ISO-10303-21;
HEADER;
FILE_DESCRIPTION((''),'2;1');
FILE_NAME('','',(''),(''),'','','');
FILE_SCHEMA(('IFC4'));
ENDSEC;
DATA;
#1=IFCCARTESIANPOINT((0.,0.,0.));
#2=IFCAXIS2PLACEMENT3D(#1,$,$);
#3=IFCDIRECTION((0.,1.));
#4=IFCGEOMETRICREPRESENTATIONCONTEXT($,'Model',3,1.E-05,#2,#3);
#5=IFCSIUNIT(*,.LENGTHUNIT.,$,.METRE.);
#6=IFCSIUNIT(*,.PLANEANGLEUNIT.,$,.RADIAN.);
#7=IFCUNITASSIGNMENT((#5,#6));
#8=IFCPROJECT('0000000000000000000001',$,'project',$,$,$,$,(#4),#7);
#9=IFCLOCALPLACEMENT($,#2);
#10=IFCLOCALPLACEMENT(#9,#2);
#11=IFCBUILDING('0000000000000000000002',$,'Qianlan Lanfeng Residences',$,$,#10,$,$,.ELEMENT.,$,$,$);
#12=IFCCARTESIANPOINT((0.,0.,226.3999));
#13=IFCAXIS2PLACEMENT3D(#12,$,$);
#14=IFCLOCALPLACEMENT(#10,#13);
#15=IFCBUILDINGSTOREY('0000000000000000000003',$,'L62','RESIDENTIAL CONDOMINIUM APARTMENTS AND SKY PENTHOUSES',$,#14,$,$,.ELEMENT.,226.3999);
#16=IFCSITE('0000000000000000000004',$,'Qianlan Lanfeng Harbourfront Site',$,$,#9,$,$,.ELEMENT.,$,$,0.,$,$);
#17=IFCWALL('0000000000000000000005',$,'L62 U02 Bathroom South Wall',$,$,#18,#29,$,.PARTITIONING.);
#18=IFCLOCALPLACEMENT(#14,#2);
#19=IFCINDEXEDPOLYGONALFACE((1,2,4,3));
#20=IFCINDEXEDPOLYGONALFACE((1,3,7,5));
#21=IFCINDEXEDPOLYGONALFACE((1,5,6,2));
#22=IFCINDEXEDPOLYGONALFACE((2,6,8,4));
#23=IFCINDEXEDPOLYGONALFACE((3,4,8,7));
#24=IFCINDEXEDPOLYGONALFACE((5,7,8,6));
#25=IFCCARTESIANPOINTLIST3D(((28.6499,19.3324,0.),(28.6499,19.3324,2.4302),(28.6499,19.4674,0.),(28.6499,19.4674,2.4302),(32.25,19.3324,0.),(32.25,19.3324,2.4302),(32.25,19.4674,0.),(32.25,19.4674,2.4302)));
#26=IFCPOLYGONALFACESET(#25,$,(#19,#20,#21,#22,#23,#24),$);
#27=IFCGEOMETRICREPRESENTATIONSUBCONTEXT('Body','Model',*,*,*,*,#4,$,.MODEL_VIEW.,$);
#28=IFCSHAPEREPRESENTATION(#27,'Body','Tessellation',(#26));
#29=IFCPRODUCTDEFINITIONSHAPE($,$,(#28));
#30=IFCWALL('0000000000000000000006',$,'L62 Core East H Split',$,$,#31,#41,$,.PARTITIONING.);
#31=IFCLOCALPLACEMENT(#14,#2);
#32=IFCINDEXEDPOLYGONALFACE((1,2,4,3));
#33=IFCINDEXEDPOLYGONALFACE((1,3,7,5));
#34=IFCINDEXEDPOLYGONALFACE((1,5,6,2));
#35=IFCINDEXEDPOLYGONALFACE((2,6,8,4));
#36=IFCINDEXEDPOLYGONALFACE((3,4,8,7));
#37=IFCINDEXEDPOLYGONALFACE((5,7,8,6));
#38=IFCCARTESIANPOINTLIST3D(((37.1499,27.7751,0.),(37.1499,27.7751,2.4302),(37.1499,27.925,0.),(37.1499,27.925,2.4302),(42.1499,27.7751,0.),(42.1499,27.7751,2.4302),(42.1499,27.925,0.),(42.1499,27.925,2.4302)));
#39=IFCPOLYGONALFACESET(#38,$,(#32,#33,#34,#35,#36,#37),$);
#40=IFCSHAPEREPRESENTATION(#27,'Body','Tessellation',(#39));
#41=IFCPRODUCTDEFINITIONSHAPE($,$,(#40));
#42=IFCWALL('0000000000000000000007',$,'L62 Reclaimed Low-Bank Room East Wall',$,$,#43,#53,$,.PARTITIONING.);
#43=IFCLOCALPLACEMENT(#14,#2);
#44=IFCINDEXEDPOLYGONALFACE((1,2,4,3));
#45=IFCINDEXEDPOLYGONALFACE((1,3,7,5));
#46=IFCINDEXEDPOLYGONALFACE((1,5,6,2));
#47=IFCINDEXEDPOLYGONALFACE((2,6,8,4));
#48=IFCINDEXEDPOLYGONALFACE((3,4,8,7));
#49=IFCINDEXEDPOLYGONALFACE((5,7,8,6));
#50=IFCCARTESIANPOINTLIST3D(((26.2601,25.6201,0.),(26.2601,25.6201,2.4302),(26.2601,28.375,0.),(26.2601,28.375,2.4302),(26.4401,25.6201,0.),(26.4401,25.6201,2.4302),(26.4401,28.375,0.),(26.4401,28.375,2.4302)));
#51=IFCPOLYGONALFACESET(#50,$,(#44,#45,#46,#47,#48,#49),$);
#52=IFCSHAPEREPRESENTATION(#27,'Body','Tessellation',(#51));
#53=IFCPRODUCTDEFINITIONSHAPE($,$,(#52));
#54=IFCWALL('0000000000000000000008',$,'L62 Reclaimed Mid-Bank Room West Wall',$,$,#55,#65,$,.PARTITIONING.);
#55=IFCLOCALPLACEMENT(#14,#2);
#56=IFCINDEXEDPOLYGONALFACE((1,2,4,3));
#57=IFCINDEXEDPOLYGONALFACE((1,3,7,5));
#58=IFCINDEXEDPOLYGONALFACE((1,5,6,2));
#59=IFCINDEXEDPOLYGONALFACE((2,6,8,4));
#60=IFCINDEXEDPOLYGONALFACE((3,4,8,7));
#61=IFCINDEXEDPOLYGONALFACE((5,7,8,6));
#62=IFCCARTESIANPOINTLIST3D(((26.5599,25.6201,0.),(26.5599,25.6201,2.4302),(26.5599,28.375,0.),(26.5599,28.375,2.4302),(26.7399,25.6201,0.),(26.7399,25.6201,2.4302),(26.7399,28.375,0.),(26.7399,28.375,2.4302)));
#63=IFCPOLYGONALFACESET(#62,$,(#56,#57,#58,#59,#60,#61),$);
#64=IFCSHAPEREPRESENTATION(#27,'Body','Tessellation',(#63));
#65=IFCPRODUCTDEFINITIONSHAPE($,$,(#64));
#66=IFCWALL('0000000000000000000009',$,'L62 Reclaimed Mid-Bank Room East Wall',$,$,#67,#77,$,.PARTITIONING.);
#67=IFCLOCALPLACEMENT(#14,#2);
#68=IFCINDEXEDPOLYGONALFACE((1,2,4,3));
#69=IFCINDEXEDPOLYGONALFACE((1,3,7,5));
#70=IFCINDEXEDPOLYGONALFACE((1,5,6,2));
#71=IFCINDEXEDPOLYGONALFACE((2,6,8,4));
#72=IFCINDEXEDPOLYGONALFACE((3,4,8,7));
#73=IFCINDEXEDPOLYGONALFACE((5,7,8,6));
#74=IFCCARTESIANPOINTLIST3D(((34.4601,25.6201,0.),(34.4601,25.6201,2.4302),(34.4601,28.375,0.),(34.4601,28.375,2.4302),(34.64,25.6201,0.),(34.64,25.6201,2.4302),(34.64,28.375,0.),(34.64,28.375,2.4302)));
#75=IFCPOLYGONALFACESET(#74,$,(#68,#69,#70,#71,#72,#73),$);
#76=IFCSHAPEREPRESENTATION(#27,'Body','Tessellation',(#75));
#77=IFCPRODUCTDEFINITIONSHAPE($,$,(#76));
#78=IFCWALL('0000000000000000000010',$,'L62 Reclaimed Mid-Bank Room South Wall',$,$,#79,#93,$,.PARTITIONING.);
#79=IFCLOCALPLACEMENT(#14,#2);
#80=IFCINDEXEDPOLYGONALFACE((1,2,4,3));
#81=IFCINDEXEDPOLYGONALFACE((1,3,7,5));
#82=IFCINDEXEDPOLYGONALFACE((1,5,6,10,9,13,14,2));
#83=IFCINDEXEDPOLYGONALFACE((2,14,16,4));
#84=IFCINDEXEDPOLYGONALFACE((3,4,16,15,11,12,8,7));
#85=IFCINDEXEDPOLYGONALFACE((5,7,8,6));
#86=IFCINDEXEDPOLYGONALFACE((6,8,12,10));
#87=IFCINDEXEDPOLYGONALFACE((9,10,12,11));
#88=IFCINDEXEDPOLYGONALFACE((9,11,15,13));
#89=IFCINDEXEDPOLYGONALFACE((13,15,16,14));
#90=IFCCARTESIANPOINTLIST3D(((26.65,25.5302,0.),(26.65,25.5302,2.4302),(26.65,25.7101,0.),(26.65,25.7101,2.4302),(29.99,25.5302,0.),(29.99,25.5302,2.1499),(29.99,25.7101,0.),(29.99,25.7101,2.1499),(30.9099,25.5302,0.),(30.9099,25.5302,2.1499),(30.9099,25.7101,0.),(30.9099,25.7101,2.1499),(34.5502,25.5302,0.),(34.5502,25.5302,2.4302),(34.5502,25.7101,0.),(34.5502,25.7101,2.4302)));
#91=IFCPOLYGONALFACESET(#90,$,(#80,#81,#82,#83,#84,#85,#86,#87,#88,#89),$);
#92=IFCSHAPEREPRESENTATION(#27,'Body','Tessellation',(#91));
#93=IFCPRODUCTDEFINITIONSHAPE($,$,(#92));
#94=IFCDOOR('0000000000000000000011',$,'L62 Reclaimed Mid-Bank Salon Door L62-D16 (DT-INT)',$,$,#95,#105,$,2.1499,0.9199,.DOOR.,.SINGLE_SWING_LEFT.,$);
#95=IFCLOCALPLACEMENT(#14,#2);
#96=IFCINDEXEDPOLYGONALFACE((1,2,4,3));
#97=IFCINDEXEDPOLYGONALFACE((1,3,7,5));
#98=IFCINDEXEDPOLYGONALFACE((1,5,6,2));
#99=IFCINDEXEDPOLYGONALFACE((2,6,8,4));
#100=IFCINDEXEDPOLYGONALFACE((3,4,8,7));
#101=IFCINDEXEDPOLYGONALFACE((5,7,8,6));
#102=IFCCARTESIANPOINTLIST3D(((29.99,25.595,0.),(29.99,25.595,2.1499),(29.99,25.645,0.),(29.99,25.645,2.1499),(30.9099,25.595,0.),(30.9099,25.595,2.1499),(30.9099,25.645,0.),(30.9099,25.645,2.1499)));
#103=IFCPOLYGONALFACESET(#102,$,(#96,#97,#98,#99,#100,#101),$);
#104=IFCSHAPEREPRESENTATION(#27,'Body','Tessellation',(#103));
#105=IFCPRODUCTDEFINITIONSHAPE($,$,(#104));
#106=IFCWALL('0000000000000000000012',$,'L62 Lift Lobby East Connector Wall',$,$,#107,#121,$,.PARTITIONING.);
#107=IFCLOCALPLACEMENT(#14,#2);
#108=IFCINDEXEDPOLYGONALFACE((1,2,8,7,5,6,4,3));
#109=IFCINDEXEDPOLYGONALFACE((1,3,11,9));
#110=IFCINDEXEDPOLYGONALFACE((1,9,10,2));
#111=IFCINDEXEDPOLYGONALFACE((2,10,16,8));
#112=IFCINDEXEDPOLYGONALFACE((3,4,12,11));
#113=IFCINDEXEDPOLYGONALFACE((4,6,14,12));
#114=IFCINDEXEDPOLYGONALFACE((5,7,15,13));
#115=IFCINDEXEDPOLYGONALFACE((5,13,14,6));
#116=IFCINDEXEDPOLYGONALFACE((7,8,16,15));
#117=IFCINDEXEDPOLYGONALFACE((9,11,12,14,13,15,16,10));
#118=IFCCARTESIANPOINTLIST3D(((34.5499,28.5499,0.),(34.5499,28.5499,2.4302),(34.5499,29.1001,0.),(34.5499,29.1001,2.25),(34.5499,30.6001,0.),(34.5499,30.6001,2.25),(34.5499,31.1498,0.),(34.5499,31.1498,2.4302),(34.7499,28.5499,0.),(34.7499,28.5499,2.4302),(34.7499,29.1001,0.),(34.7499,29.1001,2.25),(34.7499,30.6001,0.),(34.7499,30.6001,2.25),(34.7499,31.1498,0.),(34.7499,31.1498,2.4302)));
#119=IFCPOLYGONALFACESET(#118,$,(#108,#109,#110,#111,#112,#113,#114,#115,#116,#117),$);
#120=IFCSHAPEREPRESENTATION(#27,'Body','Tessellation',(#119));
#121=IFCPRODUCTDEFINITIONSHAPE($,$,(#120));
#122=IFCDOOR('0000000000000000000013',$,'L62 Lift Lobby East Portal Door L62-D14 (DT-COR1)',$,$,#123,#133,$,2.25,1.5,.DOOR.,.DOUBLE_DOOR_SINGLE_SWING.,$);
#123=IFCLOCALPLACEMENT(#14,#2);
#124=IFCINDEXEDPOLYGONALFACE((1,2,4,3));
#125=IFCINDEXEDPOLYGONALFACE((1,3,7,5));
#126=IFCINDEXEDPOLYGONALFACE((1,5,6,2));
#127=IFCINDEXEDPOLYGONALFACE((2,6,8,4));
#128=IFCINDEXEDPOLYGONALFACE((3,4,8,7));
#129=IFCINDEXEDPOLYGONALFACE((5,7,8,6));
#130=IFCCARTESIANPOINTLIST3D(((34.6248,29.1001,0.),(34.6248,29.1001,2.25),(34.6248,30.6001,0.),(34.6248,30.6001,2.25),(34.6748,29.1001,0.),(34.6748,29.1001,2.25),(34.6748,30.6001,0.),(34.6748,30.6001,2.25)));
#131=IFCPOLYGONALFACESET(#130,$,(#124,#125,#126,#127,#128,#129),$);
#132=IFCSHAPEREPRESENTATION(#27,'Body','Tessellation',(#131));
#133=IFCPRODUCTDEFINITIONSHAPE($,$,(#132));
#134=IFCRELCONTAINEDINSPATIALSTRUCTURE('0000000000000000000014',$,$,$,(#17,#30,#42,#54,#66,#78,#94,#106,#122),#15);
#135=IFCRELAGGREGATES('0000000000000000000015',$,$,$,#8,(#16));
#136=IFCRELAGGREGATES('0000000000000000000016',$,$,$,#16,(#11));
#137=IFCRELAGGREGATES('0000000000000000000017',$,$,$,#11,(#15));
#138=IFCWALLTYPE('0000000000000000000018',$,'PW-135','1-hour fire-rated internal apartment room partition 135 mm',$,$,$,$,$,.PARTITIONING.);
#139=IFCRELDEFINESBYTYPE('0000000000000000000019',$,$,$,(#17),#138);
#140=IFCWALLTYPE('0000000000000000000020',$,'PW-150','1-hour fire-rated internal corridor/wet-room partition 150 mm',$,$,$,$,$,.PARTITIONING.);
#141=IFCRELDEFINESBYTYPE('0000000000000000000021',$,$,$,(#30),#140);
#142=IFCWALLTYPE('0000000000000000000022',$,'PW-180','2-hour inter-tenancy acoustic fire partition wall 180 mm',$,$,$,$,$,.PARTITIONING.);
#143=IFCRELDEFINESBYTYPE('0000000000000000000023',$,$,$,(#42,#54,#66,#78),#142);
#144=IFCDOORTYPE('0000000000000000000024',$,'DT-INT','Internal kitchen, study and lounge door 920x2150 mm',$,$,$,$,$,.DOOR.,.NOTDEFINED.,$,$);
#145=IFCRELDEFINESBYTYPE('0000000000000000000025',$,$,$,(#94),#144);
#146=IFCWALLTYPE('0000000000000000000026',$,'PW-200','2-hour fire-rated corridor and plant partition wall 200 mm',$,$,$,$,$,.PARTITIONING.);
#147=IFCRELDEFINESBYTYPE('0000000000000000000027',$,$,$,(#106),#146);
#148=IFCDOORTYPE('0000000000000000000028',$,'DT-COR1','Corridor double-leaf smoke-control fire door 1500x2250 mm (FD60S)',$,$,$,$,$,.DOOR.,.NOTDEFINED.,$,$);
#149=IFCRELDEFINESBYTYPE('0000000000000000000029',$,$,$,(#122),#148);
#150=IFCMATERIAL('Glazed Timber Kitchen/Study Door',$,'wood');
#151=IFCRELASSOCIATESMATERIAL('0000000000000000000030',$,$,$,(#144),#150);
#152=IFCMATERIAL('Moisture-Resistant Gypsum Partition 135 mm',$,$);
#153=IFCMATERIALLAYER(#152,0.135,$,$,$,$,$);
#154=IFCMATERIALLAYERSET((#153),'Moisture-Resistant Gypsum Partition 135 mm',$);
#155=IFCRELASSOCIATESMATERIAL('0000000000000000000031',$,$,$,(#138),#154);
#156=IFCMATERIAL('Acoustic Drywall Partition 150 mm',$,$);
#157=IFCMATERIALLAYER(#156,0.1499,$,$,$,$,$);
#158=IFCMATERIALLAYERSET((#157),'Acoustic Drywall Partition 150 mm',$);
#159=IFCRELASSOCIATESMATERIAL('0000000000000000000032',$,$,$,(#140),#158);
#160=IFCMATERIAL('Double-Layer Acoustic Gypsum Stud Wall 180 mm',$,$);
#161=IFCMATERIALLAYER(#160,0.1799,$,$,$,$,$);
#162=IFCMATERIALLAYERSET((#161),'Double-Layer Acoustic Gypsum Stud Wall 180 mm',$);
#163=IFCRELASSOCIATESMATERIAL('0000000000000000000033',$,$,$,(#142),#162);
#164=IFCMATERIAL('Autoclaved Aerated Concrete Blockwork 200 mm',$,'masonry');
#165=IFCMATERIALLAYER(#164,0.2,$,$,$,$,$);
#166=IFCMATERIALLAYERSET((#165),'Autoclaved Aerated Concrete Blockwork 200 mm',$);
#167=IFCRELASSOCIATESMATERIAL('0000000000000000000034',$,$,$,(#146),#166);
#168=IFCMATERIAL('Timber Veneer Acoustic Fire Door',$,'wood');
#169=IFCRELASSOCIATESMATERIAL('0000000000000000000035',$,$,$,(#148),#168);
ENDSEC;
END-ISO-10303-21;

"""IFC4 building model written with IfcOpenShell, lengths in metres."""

from ifc_helpers import new_model, si_unit, direction, frame, frame_2d, origin, place, context, subcontext, project, spatial, rectangle, extrude, material, layer, layer_set, type_object, element, fill, save


model = new_model("IFC4")

# Units and contexts
model_context = context("Model", 3, precision=1e-05, world=origin(), true_north=direction((0.0, 1.0)))
body_context = subcontext(model_context, "Body", "Model", "MODEL_VIEW")
ifc_project = project(units=[si_unit("LENGTHUNIT", "METRE"), si_unit("PLANEANGLEUNIT", "RADIAN")], contexts=[model_context])

# Site, building, storey
site_placement = place(None, origin())
site = spatial("IfcSite", under=ifc_project, at=site_placement, Name="Qianlan Lanfeng Harbourfront Site", CompositionType="ELEMENT", RefElevation=0.0)
building_placement = place(site_placement, origin())
building = spatial("IfcBuilding", under=site, at=building_placement, Name="Qianlan Lanfeng Residences", CompositionType="ELEMENT")
storey_placement = place(building_placement, frame((0.0, 0.0, 226.3999)))
storey = spatial("IfcBuildingStorey", under=building, at=storey_placement, Name="L62", Description="RESIDENTIAL CONDOMINIUM APARTMENTS AND SKY PENTHOUSES", CompositionType="ELEMENT", Elevation=226.3999)

# Shared definitions
ifc_material_1 = material(Name="Glazed Timber Kitchen/Study Door", Category="wood")
door_type_1 = type_object("IfcDoorType", Name="DT-INT", Description="Internal kitchen, study and lounge door 920x2150 mm", OperationType="NOTDEFINED", PredefinedType="DOOR", material=ifc_material_1)

# Walls
ifc_material_2 = material(Name="Moisture-Resistant Gypsum Partition 135 mm")
ifc_layer_1 = layer(ifc_material_2, 0.135)
ifc_layer_set_1 = layer_set([ifc_layer_1], Name="Moisture-Resistant Gypsum Partition 135 mm")
wall_type_1 = type_object("IfcWallType", Name="PW-135", Description="1-hour fire-rated internal apartment room partition 135 mm", PredefinedType="PARTITIONING", material=ifc_layer_set_1)
wall_1_placement = place(storey_placement, frame((28.6499, 19.3999, 0.0), z_axis=(0.0, 0.0, 1.0), x_axis=(1.0, 0.0, 0.0)))
element("IfcWall", 1, at=wall_1_placement, inside=storey, type_object=wall_type_1, Name="L62 U02 Bathroom South Wall", PredefinedType="PARTITIONING", context=body_context, shape_type="SweptSolid", body=[
    extrude(rectangle(XDim=3.6001, YDim=0.135, at=frame_2d((1.8, 0.0))), origin(), (0.0, 0.0, 1.0), 2.4302),
])
ifc_material_3 = material(Name="Acoustic Drywall Partition 150 mm")
ifc_layer_2 = layer(ifc_material_3, 0.1499)
ifc_layer_set_2 = layer_set([ifc_layer_2], Name="Acoustic Drywall Partition 150 mm")
wall_type_2 = type_object("IfcWallType", Name="PW-150", Description="1-hour fire-rated internal corridor/wet-room partition 150 mm", PredefinedType="PARTITIONING", material=ifc_layer_set_2)
wall_2_placement = place(storey_placement, frame((37.1499, 27.8501, 0.0), z_axis=(0.0, 0.0, 1.0), x_axis=(1.0, 0.0, 0.0)))
element("IfcWall", 2, at=wall_2_placement, inside=storey, type_object=wall_type_2, Name="L62 Core East H Split", PredefinedType="PARTITIONING", context=body_context, shape_type="SweptSolid", body=[
    extrude(rectangle(XDim=5.0, YDim=0.1499, at=frame_2d((2.5, 0.0))), origin(), (0.0, 0.0, 1.0), 2.4302),
])

# Shared definitions
ifc_material_4 = material(Name="Double-Layer Acoustic Gypsum Stud Wall 180 mm")
ifc_layer_3 = layer(ifc_material_4, 0.1799)
ifc_layer_set_3 = layer_set([ifc_layer_3], Name="Double-Layer Acoustic Gypsum Stud Wall 180 mm")
wall_type_3 = type_object("IfcWallType", Name="PW-180", Description="2-hour inter-tenancy acoustic fire partition wall 180 mm", PredefinedType="PARTITIONING", material=ifc_layer_set_3)

# Walls
for number, where, z_axis, x_axis, name in (
    (3, (26.3501, 25.6201, 0.0), (0.0, 0.0, 1.0), (0.0, 1.0, 0.0), "L62 Reclaimed Low-Bank Room East Wall"),
    (4, (26.6499, 25.6201, 0.0), (0.0, 0.0, 1.0), (0.0, 1.0, 0.0), "L62 Reclaimed Mid-Bank Room West Wall"),
    (5, (34.55, 25.6201, 0.0), (0.0, 0.0, 1.0), (0.0, 1.0, 0.0), "L62 Reclaimed Mid-Bank Room East Wall"),
):
    element("IfcWall", number, at=place(storey_placement, frame(where, z_axis=z_axis, x_axis=x_axis)), inside=storey, type_object=wall_type_3, Name=name, PredefinedType="PARTITIONING", context=body_context, shape_type="SweptSolid", body=[
        extrude(rectangle(XDim=2.7549, YDim=0.1799, at=frame_2d((1.3774, 0.0))), origin(), (0.0, 0.0, 1.0), 2.4302),
    ])

# Walls, openings, doors
wall_3_placement = place(storey_placement, frame((26.6499, 25.6201, 0.0), z_axis=(0.0, 0.0, 1.0), x_axis=(1.0, 0.0, 0.0)))
wall_3 = element("IfcWall", 6, at=wall_3_placement, inside=storey, type_object=wall_type_3, Name="L62 Reclaimed Mid-Bank Room South Wall", PredefinedType="PARTITIONING", context=body_context, shape_type="SweptSolid", body=[
    extrude(rectangle(XDim=7.9001, YDim=0.1799, at=frame_2d((3.9502, 0.0))), origin(), (0.0, 0.0, 1.0), 2.4302),
])
opening_1_placement = place(wall_3_placement, frame((3.3401, 0.0, 0.0)))
opening_1 = element("IfcOpeningElement", 7, at=opening_1_placement, cuts=wall_3, PredefinedType="OPENING", context=body_context, shape_type="SweptSolid", body=[
    extrude(rectangle(XDim=0.9199, YDim=2.1499, at=frame_2d((0.46, 1.075))), frame((0.0, 0.1001, 0.0), z_axis=(0.0, -1.0, 0.0), x_axis=(1.0, 0.0, 0.0)), (0.0, 0.0, 1.0), 0.2),
])
door_1_placement = place(opening_1_placement, origin())
door_1 = element("IfcDoor", 8, at=door_1_placement, inside=storey, type_object=door_type_1, Name="L62 Reclaimed Mid-Bank Salon Door L62-D16 (DT-INT)", OperationType="SINGLE_SWING_LEFT", OverallHeight=2.1499, OverallWidth=0.9199, PredefinedType="DOOR", context=body_context, shape_type="SweptSolid", body=[
    extrude(rectangle(XDim=0.9199, YDim=2.1499, at=frame_2d((0.46, 1.075))), frame((0.0, 0.0249, 0.0), z_axis=(0.0, -1.0, 0.0), x_axis=(1.0, 0.0, 0.0)), (0.0, 0.0, 1.0), 0.05),
])
fill(opening_1, door_1)
ifc_material_5 = material(Name="Autoclaved Aerated Concrete Blockwork 200 mm", Category="masonry")
ifc_layer_4 = layer(ifc_material_5, 0.2)
ifc_layer_set_4 = layer_set([ifc_layer_4], Name="Autoclaved Aerated Concrete Blockwork 200 mm")
wall_type_4 = type_object("IfcWallType", Name="PW-200", Description="2-hour fire-rated corridor and plant partition wall 200 mm", PredefinedType="PARTITIONING", material=ifc_layer_set_4)
wall_4_placement = place(storey_placement, frame((34.6499, 28.55, 0.0), z_axis=(0.0, 0.0, 1.0), x_axis=(0.0, 1.0, 0.0)))
wall_4 = element("IfcWall", 9, at=wall_4_placement, inside=storey, type_object=wall_type_4, Name="L62 Lift Lobby East Connector Wall", PredefinedType="PARTITIONING", context=body_context, shape_type="SweptSolid", body=[
    extrude(rectangle(XDim=2.5999, YDim=0.2, at=frame_2d((1.2998, 0.0))), origin(), (0.0, 0.0, 1.0), 2.4302),
])
opening_2_placement = place(wall_4_placement, frame((0.55, 0.0, 0.0)))
opening_2 = element("IfcOpeningElement", 10, at=opening_2_placement, cuts=wall_4, PredefinedType="OPENING", context=body_context, shape_type="SweptSolid", body=[
    extrude(rectangle(XDim=1.5, YDim=2.25, at=frame_2d((0.75, 1.125))), frame((0.0, 0.1099, 0.0), z_axis=(0.0, -1.0, 0.0), x_axis=(1.0, 0.0, 0.0)), (0.0, 0.0, 1.0), 0.22),
])
ifc_material_6 = material(Name="Timber Veneer Acoustic Fire Door", Category="wood")
door_type_2 = type_object("IfcDoorType", Name="DT-COR1", Description="Corridor double-leaf smoke-control fire door 1500x2250 mm (FD60S)", OperationType="NOTDEFINED", PredefinedType="DOOR", material=ifc_material_6)
door_2_placement = place(opening_2_placement, frame((1.5, 0.0, 0.0), z_axis=(0.0, 0.0, 1.0), x_axis=(-1.0, 0.0, 0.0)))
door_2 = element("IfcDoor", 11, at=door_2_placement, inside=storey, type_object=door_type_2, Name="L62 Lift Lobby East Portal Door L62-D14 (DT-COR1)", OperationType="DOUBLE_DOOR_SINGLE_SWING", OverallHeight=2.25, OverallWidth=1.5, PredefinedType="DOOR", context=body_context, shape_type="SweptSolid", body=[
    extrude(rectangle(XDim=1.5, YDim=2.25, at=frame_2d((0.75, 1.125))), frame((0.0, 0.0249, 0.0), z_axis=(0.0, -1.0, 0.0), x_axis=(1.0, 0.0, 0.0)), (0.0, 0.0, 1.0), 0.05),
])
fill(opening_2, door_2)

save(model, "model.ifc")
